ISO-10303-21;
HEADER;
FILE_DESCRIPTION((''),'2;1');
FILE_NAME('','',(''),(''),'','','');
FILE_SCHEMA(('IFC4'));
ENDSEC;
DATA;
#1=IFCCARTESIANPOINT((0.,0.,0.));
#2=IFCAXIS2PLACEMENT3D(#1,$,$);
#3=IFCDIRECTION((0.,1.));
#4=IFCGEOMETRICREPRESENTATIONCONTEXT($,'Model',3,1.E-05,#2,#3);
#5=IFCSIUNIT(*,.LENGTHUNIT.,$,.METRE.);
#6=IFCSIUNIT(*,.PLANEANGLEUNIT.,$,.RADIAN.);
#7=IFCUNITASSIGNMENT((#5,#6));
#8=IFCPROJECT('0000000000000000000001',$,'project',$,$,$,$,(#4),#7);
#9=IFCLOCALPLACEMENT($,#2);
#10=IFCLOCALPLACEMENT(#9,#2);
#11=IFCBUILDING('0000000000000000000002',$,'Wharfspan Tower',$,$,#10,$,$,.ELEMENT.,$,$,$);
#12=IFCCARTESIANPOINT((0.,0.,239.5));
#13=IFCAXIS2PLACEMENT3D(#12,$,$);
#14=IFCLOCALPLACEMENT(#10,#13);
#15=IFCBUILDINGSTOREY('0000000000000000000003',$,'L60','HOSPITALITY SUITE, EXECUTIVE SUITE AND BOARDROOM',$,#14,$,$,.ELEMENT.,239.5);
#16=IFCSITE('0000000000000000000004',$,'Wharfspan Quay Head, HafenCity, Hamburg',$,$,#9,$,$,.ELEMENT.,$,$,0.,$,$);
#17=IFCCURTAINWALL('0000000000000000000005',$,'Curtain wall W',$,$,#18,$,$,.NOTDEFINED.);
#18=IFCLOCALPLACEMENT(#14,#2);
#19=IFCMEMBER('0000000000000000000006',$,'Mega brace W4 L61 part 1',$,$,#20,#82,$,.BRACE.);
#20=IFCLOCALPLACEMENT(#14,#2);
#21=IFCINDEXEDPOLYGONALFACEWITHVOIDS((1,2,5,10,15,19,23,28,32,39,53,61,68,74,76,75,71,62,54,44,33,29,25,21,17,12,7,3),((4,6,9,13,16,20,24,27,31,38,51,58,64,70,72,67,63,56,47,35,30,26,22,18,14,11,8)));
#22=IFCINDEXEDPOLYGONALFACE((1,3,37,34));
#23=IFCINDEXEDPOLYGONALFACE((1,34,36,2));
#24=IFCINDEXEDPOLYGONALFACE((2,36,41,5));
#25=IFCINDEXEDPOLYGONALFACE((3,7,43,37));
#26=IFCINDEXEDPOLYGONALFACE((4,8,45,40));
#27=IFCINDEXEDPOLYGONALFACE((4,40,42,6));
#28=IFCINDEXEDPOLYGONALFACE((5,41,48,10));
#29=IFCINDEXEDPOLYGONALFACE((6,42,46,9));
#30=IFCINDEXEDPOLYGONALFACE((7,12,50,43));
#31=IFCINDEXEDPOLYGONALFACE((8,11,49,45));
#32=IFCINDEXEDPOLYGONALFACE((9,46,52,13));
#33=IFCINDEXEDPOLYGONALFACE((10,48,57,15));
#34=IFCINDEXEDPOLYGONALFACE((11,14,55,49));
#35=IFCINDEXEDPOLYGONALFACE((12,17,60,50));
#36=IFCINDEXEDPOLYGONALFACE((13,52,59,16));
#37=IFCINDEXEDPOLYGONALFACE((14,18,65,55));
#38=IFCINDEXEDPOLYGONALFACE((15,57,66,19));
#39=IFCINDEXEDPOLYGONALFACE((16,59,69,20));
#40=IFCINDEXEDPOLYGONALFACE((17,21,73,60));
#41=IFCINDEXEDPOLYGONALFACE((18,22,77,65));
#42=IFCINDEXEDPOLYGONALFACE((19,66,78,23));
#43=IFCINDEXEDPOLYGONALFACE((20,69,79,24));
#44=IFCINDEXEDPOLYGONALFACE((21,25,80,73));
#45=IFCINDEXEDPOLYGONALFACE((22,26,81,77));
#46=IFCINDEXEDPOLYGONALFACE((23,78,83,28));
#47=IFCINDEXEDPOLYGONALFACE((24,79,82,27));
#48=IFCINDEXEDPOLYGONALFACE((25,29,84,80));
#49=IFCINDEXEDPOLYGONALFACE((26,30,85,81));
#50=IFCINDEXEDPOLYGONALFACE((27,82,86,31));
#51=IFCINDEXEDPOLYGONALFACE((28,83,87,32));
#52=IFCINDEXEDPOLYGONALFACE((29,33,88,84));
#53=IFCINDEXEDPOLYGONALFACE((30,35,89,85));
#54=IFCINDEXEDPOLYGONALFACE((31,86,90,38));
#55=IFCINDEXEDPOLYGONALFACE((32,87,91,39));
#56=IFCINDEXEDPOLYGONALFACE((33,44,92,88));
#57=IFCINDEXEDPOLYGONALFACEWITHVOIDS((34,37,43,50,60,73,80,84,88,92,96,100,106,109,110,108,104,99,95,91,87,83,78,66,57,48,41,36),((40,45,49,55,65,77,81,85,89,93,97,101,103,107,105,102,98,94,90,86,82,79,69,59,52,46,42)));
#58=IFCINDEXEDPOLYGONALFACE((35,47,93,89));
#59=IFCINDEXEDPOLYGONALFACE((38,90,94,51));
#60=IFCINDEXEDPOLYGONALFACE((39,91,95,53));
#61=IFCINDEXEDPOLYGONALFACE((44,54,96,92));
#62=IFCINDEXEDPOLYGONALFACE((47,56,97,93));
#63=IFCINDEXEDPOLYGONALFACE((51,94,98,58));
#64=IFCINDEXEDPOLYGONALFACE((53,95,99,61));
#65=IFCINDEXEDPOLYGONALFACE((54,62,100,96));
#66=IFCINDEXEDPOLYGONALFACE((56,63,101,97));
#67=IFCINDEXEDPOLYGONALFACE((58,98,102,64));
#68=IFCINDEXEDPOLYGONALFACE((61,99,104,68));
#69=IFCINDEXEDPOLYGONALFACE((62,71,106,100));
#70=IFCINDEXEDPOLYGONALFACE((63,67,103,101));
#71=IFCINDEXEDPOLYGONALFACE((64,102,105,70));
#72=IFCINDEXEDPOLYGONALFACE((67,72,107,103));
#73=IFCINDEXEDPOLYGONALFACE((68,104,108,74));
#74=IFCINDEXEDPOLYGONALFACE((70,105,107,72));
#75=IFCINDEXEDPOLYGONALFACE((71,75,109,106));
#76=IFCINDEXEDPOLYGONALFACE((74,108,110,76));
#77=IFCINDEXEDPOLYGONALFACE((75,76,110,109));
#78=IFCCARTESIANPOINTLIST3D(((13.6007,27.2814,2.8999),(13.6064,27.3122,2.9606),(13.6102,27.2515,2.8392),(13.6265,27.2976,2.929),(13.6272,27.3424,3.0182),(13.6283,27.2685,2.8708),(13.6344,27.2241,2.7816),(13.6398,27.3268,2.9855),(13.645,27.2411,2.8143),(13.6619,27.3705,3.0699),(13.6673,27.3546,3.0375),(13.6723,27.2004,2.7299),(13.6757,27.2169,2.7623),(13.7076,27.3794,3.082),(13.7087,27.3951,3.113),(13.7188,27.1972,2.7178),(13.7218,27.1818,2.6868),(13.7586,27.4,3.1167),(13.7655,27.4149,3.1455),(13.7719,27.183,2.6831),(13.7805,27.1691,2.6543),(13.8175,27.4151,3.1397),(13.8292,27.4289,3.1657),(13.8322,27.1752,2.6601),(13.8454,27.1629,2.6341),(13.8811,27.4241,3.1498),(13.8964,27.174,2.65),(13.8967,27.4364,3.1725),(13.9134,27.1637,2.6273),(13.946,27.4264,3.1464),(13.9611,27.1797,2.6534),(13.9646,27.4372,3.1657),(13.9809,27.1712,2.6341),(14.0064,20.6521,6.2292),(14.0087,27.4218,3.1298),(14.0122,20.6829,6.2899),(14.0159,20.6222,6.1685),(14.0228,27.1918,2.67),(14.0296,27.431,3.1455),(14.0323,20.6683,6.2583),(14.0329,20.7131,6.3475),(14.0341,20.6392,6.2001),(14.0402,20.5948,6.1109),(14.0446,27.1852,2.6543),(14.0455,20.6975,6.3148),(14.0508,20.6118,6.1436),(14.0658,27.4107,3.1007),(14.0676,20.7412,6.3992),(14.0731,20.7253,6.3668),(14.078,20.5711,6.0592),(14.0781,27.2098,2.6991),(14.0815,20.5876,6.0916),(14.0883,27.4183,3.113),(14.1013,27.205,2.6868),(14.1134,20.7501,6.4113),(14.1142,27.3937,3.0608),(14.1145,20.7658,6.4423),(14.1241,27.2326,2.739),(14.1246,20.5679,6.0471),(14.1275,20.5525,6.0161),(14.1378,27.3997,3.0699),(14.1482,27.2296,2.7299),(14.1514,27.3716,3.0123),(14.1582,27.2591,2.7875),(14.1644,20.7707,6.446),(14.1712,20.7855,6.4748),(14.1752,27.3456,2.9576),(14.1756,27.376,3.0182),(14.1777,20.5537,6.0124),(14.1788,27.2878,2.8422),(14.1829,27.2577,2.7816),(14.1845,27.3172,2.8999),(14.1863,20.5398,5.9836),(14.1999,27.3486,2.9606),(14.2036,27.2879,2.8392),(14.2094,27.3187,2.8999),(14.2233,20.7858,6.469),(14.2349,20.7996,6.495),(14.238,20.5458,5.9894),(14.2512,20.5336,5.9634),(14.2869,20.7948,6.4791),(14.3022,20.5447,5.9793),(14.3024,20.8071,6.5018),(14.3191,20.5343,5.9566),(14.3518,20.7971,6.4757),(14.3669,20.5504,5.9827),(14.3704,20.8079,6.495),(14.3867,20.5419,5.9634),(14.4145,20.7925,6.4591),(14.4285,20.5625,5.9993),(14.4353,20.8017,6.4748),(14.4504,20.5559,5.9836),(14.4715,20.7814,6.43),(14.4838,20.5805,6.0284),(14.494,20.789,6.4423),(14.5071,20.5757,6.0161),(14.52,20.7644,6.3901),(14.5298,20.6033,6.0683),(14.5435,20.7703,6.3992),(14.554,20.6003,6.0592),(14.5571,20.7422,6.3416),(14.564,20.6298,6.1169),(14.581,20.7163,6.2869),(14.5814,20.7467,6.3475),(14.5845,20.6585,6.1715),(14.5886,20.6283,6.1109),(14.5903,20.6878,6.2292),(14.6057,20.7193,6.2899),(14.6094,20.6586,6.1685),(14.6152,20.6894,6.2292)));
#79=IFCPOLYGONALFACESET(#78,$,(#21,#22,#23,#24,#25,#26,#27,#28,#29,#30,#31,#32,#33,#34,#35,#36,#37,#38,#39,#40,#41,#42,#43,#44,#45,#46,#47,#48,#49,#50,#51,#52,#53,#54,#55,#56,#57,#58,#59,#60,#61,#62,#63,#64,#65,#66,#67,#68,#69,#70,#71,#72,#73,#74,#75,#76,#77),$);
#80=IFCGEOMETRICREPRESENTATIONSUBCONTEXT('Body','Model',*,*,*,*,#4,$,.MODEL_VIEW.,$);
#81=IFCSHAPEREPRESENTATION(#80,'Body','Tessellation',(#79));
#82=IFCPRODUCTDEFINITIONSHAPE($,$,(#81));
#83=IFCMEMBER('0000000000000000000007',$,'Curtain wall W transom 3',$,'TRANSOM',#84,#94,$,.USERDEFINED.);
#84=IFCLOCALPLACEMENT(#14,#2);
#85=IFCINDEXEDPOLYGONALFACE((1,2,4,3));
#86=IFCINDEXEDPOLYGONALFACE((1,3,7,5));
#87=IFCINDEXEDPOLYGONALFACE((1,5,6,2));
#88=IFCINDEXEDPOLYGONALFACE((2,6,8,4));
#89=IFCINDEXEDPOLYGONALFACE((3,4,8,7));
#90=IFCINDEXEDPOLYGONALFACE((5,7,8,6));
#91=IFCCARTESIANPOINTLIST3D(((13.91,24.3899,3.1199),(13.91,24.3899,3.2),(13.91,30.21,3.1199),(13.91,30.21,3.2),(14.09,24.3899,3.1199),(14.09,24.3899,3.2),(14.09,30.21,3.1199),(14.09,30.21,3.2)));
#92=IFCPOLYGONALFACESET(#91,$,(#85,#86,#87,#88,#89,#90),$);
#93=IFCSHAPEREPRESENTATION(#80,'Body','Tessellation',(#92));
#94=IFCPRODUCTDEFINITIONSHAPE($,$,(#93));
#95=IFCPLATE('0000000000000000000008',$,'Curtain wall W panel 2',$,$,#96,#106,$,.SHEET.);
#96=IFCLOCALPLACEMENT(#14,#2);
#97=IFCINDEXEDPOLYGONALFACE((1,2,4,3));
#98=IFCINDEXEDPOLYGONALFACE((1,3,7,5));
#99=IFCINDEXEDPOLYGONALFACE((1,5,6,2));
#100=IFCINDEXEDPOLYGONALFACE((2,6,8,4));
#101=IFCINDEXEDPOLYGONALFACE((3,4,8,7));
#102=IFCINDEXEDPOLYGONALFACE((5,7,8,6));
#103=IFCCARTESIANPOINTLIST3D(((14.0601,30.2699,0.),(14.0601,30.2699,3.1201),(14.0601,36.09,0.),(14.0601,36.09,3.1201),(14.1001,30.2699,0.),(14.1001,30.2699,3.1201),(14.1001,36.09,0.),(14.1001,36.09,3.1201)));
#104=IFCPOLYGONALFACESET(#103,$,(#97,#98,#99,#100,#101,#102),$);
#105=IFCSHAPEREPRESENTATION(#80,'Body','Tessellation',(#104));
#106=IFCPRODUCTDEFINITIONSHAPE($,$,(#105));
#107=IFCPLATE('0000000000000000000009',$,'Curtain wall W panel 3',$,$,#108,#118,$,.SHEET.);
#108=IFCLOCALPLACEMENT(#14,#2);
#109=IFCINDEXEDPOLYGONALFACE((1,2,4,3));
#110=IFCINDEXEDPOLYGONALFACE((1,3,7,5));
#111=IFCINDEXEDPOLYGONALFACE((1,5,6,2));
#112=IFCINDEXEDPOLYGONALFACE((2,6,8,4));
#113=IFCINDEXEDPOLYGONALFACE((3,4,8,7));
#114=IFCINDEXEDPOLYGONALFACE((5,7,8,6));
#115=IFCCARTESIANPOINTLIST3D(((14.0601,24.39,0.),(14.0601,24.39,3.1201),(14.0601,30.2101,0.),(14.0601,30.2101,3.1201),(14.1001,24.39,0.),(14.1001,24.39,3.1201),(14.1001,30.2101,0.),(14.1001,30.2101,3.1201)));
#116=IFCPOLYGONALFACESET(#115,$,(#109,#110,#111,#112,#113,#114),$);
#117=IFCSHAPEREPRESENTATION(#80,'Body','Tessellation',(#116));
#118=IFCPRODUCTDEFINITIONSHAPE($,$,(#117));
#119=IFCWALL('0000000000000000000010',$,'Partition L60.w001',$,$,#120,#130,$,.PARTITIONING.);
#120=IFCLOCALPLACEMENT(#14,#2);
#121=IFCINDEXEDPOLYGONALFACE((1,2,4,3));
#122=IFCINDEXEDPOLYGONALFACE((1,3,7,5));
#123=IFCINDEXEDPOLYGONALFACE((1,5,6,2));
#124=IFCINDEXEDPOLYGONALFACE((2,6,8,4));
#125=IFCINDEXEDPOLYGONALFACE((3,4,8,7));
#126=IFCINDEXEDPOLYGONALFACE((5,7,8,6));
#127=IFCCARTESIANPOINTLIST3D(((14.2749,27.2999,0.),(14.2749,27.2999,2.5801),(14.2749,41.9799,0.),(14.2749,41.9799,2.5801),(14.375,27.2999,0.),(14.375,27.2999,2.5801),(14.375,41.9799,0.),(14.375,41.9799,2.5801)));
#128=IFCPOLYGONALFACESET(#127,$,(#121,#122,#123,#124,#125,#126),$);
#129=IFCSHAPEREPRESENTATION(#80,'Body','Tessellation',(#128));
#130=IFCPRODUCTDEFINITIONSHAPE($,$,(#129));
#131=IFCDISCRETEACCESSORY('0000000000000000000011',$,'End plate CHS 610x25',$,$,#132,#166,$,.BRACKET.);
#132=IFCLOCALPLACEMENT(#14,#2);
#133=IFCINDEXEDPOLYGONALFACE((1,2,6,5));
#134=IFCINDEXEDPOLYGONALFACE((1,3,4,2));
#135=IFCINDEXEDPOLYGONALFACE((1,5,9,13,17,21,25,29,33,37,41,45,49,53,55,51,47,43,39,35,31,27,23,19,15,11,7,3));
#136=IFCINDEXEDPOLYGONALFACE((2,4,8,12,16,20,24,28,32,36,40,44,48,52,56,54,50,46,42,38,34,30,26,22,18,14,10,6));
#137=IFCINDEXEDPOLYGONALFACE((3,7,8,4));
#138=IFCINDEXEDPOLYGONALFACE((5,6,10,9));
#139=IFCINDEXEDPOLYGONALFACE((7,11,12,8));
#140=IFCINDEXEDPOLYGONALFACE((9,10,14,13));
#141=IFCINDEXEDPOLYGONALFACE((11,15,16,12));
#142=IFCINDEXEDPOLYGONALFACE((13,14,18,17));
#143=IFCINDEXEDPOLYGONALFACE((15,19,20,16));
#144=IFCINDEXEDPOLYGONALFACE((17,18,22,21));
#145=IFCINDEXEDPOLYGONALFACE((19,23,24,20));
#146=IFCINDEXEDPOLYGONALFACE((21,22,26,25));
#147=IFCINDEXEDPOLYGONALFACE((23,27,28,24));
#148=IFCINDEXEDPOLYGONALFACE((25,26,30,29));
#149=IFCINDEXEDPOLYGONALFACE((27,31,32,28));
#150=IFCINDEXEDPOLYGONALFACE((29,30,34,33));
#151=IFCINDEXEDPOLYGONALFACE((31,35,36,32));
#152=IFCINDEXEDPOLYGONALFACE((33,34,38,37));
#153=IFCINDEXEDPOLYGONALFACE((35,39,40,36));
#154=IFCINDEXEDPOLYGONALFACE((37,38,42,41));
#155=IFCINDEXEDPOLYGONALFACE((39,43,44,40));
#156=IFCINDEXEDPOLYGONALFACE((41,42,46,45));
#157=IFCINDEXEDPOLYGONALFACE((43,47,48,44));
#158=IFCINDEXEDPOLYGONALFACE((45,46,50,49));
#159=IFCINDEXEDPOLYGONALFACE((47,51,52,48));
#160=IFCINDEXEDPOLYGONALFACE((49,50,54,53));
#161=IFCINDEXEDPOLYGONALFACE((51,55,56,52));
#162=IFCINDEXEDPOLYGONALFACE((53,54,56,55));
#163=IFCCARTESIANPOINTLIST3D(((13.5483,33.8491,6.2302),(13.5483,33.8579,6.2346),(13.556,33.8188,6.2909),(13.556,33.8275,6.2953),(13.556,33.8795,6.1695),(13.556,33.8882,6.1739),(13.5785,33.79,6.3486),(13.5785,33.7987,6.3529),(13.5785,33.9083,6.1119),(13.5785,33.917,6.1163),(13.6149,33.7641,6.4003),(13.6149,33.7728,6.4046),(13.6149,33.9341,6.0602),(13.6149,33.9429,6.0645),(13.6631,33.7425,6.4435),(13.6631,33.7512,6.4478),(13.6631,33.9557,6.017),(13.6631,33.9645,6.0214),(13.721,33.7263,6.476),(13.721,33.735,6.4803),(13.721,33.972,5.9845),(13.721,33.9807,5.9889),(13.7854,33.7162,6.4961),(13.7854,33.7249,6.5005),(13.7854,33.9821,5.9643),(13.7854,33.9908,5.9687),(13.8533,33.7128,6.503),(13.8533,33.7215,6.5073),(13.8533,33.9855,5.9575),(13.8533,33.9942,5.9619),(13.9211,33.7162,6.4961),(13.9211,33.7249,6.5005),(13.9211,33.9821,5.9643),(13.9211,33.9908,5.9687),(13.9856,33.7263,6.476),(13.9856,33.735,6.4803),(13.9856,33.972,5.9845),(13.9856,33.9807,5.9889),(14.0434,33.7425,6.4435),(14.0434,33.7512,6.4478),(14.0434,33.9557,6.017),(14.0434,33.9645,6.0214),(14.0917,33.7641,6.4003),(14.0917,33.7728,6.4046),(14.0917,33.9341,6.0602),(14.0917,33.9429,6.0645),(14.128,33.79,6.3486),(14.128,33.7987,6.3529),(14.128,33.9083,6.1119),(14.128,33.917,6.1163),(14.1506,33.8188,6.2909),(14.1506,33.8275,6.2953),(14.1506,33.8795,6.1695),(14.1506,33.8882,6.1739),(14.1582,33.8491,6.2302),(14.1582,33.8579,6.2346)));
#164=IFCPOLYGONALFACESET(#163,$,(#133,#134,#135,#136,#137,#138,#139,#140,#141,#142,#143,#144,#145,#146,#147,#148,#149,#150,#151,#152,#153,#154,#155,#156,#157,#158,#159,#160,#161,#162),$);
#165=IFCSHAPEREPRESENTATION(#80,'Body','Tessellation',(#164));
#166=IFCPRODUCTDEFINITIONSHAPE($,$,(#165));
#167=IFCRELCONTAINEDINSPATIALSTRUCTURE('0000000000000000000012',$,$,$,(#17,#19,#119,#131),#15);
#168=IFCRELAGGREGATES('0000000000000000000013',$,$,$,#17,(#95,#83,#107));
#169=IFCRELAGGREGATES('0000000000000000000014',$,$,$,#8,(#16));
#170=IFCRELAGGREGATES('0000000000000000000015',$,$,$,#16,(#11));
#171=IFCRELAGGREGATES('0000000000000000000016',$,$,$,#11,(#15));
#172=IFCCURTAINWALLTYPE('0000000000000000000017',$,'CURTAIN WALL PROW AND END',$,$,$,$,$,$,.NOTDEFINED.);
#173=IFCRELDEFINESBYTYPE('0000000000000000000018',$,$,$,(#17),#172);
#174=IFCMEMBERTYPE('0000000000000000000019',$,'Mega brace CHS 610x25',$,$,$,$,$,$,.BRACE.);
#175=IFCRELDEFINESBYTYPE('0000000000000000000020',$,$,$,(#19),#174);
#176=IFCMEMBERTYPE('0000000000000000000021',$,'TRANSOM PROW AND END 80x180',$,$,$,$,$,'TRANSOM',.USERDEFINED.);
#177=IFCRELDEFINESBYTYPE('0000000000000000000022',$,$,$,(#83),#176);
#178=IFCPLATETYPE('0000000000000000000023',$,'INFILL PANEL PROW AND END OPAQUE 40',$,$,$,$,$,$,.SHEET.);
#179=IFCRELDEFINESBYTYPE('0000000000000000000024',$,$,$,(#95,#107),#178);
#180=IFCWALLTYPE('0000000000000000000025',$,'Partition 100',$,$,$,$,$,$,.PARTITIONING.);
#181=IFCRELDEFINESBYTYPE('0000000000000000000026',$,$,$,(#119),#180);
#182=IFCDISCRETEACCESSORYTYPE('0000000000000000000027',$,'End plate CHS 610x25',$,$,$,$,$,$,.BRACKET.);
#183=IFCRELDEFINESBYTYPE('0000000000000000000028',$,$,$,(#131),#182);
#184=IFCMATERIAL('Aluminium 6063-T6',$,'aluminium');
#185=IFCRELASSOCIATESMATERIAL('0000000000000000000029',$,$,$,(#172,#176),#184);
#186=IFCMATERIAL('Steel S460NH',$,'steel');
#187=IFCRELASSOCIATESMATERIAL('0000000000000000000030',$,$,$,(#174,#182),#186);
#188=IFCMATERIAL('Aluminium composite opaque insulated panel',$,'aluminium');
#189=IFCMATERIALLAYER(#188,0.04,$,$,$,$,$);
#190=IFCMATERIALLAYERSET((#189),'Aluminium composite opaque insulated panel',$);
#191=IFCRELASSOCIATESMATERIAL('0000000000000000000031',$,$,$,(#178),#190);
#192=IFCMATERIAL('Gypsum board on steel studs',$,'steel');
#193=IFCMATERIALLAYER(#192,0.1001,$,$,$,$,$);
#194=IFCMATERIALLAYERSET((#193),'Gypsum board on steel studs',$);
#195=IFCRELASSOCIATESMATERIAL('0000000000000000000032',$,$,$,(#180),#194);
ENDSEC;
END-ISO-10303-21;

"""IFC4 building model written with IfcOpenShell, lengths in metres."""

from ifc_helpers import new_model, si_unit, direction, frame, frame_2d, origin, origin_2d, place, context, subcontext, project, spatial, rectangle, circle, hollow_circle, extrude, material, layer, layer_set, material_profile, profile_set, type_object, element, aggregate, save


model = new_model("IFC4")

# Units and contexts
model_context = context("Model", 3, precision=1e-05, world=origin(), true_north=direction((0.0, 1.0)))
body_context = subcontext(model_context, "Body", "Model", "MODEL_VIEW")
ifc_project = project(units=[si_unit("LENGTHUNIT", "METRE"), si_unit("PLANEANGLEUNIT", "RADIAN")], contexts=[model_context])

# Site, building, storey
site_placement = place(None, origin())
site = spatial("IfcSite", under=ifc_project, at=site_placement, Name="Wharfspan Quay Head, HafenCity, Hamburg", CompositionType="ELEMENT", RefElevation=0.0)
building_placement = place(site_placement, origin())
building = spatial("IfcBuilding", under=site, at=building_placement, Name="Wharfspan Tower", CompositionType="ELEMENT")
storey_placement = place(building_placement, frame((0.0, 0.0, 239.5)))
storey = spatial("IfcBuildingStorey", under=building, at=storey_placement, Name="L60", Description="HOSPITALITY SUITE, EXECUTIVE SUITE AND BOARDROOM", CompositionType="ELEMENT", Elevation=239.5)

# Curtain wall
ifc_material_1 = material(Name="Aluminium 6063-T6", Category="aluminium")
curtain_wall_type = type_object("IfcCurtainWallType", Name="CURTAIN WALL PROW AND END", PredefinedType="NOTDEFINED", material=ifc_material_1)
curtain_wall_placement = place(storey_placement, origin())
curtain_wall = element("IfcCurtainWall", 1, at=curtain_wall_placement, inside=storey, type_object=curtain_wall_type, Name="Curtain wall W", PredefinedType="NOTDEFINED")

# Member
ifc_material_2 = material(Name="Steel S460NH", Category="steel")
ifc_material_profile_1 = material_profile(ifc_material_2, hollow_circle(Radius=0.3049, WallThickness=0.0249, at=origin_2d()))
ifc_profile_set_1 = profile_set([ifc_material_profile_1], Name="Steel S460NH")
member_type_1 = type_object("IfcMemberType", Name="Mega brace CHS 610x25", PredefinedType="BRACE", material=ifc_profile_set_1)
member_1_placement = place(storey_placement, frame((13.905, 27.3, 2.8999), z_axis=(0.054615, -0.892302, 0.448123), x_axis=(0.998132, 0.061091, -0.000003)))
element("IfcMember", 2, at=member_1_placement, inside=storey, type_object=member_type_1, Name="Mega brace W4 L61 part 1", PredefinedType="BRACE", context=body_context, shape_type="SweptSolid", body=[
    extrude(hollow_circle(Radius=0.3049, WallThickness=0.0249, at=origin_2d()), origin(), (0.0, 0.0, 1.0), 7.4294),
])

# Member
ifc_material_profile_2 = material_profile(ifc_material_1, rectangle(XDim=0.1799, YDim=0.0801, at=origin_2d()))
ifc_profile_set_2 = profile_set([ifc_material_profile_2], Name="Aluminium 6063-T6")
member_type_2 = type_object("IfcMemberType", Name="TRANSOM PROW AND END 80x180", ElementType="TRANSOM", PredefinedType="USERDEFINED", material=ifc_profile_set_2)
member_2_placement = place(storey_placement, frame((14.0, 30.21, 3.1599), z_axis=(0.0, -1.0, 0.0), x_axis=(1.0, 0.0, 0.0)))
member_2 = element("IfcMember", 3, at=member_2_placement, type_object=member_type_2, Name="Curtain wall W transom 3", ObjectType="TRANSOM", PredefinedType="USERDEFINED", context=body_context, shape_type="SweptSolid", body=[
    extrude(rectangle(XDim=0.1799, YDim=0.0801, at=origin_2d()), origin(), (0.0, 0.0, 1.0), 5.8201),
])

# Plates
ifc_material_3 = material(Name="Aluminium composite opaque insulated panel", Category="aluminium")
ifc_layer_1 = layer(ifc_material_3, 0.04)
ifc_layer_set_1 = layer_set([ifc_layer_1], Name="Aluminium composite opaque insulated panel")
plate_type = type_object("IfcPlateType", Name="INFILL PANEL PROW AND END OPAQUE 40", PredefinedType="SHEET", material=ifc_layer_set_1)
plate_1_placement = place(storey_placement, frame((14.0801, 33.1799, 0.0), z_axis=(0.0, 0.0, 1.0), x_axis=(0.0, -1.0, 0.0)))
plate_1 = element("IfcPlate", 4, at=plate_1_placement, type_object=plate_type, Name="Curtain wall W panel 2", PredefinedType="SHEET", context=body_context, shape_type="SweptSolid", body=[
    extrude(rectangle(XDim=5.8201, YDim=0.04, at=origin_2d()), origin(), (0.0, 0.0, 1.0), 3.1201),
])
plate_2_placement = place(storey_placement, frame((14.0801, 27.3, 0.0), z_axis=(0.0, 0.0, 1.0), x_axis=(0.0, -1.0, 0.0)))
plate_2 = element("IfcPlate", 5, at=plate_2_placement, type_object=plate_type, Name="Curtain wall W panel 3", PredefinedType="SHEET", context=body_context, shape_type="SweptSolid", body=[
    extrude(rectangle(XDim=5.8201, YDim=0.04, at=origin_2d()), origin(), (0.0, 0.0, 1.0), 3.1201),
])
aggregate(curtain_wall, [plate_1, member_2, plate_2])

# Wall
ifc_material_4 = material(Name="Gypsum board on steel studs", Category="steel")
ifc_layer_2 = layer(ifc_material_4, 0.1001)
ifc_layer_set_2 = layer_set([ifc_layer_2], Name="Gypsum board on steel studs")
wall_type_1 = type_object("IfcWallType", Name="Partition 100", PredefinedType="PARTITIONING", material=ifc_layer_set_2)
wall_1_placement = place(storey_placement, frame((14.325, 27.3, 0.0), z_axis=(0.0, 0.0, 1.0), x_axis=(0.0, 1.0, 0.0)))
element("IfcWall", 6, at=wall_1_placement, inside=storey, type_object=wall_type_1, Name="Partition L60.w001", PredefinedType="PARTITIONING", context=body_context, shape_type="SweptSolid", body=[
    extrude(rectangle(XDim=14.6799, YDim=0.1001, at=frame_2d((7.3398, 0.0))), origin(), (0.0, 0.0, 1.0), 2.5801),
])

# Discrete accessory
ifc_material_profile_3 = material_profile(ifc_material_2, circle(Radius=0.3049, at=origin_2d()))
ifc_profile_set_3 = profile_set([ifc_material_profile_3], Name="Steel S460NH")
discrete_accessory_type = type_object("IfcDiscreteAccessoryType", Name="End plate CHS 610x25", PredefinedType="BRACKET", material=ifc_profile_set_3)
discrete_accessory_placement = place(storey_placement, frame((13.8533, 33.8491, 6.2302), z_axis=(0.0, 0.894427, 0.447214), x_axis=(-1.0, 0.0, 0.0)))
element("IfcDiscreteAccessory", 7, at=discrete_accessory_placement, inside=storey, type_object=discrete_accessory_type, Name="End plate CHS 610x25", PredefinedType="BRACKET", context=body_context, shape_type="SweptSolid", body=[
    extrude(circle(Radius=0.3049, at=origin_2d()), origin(), (0.0, 0.0, 1.0), 0.0098),
])

save(model, "model.ifc")
